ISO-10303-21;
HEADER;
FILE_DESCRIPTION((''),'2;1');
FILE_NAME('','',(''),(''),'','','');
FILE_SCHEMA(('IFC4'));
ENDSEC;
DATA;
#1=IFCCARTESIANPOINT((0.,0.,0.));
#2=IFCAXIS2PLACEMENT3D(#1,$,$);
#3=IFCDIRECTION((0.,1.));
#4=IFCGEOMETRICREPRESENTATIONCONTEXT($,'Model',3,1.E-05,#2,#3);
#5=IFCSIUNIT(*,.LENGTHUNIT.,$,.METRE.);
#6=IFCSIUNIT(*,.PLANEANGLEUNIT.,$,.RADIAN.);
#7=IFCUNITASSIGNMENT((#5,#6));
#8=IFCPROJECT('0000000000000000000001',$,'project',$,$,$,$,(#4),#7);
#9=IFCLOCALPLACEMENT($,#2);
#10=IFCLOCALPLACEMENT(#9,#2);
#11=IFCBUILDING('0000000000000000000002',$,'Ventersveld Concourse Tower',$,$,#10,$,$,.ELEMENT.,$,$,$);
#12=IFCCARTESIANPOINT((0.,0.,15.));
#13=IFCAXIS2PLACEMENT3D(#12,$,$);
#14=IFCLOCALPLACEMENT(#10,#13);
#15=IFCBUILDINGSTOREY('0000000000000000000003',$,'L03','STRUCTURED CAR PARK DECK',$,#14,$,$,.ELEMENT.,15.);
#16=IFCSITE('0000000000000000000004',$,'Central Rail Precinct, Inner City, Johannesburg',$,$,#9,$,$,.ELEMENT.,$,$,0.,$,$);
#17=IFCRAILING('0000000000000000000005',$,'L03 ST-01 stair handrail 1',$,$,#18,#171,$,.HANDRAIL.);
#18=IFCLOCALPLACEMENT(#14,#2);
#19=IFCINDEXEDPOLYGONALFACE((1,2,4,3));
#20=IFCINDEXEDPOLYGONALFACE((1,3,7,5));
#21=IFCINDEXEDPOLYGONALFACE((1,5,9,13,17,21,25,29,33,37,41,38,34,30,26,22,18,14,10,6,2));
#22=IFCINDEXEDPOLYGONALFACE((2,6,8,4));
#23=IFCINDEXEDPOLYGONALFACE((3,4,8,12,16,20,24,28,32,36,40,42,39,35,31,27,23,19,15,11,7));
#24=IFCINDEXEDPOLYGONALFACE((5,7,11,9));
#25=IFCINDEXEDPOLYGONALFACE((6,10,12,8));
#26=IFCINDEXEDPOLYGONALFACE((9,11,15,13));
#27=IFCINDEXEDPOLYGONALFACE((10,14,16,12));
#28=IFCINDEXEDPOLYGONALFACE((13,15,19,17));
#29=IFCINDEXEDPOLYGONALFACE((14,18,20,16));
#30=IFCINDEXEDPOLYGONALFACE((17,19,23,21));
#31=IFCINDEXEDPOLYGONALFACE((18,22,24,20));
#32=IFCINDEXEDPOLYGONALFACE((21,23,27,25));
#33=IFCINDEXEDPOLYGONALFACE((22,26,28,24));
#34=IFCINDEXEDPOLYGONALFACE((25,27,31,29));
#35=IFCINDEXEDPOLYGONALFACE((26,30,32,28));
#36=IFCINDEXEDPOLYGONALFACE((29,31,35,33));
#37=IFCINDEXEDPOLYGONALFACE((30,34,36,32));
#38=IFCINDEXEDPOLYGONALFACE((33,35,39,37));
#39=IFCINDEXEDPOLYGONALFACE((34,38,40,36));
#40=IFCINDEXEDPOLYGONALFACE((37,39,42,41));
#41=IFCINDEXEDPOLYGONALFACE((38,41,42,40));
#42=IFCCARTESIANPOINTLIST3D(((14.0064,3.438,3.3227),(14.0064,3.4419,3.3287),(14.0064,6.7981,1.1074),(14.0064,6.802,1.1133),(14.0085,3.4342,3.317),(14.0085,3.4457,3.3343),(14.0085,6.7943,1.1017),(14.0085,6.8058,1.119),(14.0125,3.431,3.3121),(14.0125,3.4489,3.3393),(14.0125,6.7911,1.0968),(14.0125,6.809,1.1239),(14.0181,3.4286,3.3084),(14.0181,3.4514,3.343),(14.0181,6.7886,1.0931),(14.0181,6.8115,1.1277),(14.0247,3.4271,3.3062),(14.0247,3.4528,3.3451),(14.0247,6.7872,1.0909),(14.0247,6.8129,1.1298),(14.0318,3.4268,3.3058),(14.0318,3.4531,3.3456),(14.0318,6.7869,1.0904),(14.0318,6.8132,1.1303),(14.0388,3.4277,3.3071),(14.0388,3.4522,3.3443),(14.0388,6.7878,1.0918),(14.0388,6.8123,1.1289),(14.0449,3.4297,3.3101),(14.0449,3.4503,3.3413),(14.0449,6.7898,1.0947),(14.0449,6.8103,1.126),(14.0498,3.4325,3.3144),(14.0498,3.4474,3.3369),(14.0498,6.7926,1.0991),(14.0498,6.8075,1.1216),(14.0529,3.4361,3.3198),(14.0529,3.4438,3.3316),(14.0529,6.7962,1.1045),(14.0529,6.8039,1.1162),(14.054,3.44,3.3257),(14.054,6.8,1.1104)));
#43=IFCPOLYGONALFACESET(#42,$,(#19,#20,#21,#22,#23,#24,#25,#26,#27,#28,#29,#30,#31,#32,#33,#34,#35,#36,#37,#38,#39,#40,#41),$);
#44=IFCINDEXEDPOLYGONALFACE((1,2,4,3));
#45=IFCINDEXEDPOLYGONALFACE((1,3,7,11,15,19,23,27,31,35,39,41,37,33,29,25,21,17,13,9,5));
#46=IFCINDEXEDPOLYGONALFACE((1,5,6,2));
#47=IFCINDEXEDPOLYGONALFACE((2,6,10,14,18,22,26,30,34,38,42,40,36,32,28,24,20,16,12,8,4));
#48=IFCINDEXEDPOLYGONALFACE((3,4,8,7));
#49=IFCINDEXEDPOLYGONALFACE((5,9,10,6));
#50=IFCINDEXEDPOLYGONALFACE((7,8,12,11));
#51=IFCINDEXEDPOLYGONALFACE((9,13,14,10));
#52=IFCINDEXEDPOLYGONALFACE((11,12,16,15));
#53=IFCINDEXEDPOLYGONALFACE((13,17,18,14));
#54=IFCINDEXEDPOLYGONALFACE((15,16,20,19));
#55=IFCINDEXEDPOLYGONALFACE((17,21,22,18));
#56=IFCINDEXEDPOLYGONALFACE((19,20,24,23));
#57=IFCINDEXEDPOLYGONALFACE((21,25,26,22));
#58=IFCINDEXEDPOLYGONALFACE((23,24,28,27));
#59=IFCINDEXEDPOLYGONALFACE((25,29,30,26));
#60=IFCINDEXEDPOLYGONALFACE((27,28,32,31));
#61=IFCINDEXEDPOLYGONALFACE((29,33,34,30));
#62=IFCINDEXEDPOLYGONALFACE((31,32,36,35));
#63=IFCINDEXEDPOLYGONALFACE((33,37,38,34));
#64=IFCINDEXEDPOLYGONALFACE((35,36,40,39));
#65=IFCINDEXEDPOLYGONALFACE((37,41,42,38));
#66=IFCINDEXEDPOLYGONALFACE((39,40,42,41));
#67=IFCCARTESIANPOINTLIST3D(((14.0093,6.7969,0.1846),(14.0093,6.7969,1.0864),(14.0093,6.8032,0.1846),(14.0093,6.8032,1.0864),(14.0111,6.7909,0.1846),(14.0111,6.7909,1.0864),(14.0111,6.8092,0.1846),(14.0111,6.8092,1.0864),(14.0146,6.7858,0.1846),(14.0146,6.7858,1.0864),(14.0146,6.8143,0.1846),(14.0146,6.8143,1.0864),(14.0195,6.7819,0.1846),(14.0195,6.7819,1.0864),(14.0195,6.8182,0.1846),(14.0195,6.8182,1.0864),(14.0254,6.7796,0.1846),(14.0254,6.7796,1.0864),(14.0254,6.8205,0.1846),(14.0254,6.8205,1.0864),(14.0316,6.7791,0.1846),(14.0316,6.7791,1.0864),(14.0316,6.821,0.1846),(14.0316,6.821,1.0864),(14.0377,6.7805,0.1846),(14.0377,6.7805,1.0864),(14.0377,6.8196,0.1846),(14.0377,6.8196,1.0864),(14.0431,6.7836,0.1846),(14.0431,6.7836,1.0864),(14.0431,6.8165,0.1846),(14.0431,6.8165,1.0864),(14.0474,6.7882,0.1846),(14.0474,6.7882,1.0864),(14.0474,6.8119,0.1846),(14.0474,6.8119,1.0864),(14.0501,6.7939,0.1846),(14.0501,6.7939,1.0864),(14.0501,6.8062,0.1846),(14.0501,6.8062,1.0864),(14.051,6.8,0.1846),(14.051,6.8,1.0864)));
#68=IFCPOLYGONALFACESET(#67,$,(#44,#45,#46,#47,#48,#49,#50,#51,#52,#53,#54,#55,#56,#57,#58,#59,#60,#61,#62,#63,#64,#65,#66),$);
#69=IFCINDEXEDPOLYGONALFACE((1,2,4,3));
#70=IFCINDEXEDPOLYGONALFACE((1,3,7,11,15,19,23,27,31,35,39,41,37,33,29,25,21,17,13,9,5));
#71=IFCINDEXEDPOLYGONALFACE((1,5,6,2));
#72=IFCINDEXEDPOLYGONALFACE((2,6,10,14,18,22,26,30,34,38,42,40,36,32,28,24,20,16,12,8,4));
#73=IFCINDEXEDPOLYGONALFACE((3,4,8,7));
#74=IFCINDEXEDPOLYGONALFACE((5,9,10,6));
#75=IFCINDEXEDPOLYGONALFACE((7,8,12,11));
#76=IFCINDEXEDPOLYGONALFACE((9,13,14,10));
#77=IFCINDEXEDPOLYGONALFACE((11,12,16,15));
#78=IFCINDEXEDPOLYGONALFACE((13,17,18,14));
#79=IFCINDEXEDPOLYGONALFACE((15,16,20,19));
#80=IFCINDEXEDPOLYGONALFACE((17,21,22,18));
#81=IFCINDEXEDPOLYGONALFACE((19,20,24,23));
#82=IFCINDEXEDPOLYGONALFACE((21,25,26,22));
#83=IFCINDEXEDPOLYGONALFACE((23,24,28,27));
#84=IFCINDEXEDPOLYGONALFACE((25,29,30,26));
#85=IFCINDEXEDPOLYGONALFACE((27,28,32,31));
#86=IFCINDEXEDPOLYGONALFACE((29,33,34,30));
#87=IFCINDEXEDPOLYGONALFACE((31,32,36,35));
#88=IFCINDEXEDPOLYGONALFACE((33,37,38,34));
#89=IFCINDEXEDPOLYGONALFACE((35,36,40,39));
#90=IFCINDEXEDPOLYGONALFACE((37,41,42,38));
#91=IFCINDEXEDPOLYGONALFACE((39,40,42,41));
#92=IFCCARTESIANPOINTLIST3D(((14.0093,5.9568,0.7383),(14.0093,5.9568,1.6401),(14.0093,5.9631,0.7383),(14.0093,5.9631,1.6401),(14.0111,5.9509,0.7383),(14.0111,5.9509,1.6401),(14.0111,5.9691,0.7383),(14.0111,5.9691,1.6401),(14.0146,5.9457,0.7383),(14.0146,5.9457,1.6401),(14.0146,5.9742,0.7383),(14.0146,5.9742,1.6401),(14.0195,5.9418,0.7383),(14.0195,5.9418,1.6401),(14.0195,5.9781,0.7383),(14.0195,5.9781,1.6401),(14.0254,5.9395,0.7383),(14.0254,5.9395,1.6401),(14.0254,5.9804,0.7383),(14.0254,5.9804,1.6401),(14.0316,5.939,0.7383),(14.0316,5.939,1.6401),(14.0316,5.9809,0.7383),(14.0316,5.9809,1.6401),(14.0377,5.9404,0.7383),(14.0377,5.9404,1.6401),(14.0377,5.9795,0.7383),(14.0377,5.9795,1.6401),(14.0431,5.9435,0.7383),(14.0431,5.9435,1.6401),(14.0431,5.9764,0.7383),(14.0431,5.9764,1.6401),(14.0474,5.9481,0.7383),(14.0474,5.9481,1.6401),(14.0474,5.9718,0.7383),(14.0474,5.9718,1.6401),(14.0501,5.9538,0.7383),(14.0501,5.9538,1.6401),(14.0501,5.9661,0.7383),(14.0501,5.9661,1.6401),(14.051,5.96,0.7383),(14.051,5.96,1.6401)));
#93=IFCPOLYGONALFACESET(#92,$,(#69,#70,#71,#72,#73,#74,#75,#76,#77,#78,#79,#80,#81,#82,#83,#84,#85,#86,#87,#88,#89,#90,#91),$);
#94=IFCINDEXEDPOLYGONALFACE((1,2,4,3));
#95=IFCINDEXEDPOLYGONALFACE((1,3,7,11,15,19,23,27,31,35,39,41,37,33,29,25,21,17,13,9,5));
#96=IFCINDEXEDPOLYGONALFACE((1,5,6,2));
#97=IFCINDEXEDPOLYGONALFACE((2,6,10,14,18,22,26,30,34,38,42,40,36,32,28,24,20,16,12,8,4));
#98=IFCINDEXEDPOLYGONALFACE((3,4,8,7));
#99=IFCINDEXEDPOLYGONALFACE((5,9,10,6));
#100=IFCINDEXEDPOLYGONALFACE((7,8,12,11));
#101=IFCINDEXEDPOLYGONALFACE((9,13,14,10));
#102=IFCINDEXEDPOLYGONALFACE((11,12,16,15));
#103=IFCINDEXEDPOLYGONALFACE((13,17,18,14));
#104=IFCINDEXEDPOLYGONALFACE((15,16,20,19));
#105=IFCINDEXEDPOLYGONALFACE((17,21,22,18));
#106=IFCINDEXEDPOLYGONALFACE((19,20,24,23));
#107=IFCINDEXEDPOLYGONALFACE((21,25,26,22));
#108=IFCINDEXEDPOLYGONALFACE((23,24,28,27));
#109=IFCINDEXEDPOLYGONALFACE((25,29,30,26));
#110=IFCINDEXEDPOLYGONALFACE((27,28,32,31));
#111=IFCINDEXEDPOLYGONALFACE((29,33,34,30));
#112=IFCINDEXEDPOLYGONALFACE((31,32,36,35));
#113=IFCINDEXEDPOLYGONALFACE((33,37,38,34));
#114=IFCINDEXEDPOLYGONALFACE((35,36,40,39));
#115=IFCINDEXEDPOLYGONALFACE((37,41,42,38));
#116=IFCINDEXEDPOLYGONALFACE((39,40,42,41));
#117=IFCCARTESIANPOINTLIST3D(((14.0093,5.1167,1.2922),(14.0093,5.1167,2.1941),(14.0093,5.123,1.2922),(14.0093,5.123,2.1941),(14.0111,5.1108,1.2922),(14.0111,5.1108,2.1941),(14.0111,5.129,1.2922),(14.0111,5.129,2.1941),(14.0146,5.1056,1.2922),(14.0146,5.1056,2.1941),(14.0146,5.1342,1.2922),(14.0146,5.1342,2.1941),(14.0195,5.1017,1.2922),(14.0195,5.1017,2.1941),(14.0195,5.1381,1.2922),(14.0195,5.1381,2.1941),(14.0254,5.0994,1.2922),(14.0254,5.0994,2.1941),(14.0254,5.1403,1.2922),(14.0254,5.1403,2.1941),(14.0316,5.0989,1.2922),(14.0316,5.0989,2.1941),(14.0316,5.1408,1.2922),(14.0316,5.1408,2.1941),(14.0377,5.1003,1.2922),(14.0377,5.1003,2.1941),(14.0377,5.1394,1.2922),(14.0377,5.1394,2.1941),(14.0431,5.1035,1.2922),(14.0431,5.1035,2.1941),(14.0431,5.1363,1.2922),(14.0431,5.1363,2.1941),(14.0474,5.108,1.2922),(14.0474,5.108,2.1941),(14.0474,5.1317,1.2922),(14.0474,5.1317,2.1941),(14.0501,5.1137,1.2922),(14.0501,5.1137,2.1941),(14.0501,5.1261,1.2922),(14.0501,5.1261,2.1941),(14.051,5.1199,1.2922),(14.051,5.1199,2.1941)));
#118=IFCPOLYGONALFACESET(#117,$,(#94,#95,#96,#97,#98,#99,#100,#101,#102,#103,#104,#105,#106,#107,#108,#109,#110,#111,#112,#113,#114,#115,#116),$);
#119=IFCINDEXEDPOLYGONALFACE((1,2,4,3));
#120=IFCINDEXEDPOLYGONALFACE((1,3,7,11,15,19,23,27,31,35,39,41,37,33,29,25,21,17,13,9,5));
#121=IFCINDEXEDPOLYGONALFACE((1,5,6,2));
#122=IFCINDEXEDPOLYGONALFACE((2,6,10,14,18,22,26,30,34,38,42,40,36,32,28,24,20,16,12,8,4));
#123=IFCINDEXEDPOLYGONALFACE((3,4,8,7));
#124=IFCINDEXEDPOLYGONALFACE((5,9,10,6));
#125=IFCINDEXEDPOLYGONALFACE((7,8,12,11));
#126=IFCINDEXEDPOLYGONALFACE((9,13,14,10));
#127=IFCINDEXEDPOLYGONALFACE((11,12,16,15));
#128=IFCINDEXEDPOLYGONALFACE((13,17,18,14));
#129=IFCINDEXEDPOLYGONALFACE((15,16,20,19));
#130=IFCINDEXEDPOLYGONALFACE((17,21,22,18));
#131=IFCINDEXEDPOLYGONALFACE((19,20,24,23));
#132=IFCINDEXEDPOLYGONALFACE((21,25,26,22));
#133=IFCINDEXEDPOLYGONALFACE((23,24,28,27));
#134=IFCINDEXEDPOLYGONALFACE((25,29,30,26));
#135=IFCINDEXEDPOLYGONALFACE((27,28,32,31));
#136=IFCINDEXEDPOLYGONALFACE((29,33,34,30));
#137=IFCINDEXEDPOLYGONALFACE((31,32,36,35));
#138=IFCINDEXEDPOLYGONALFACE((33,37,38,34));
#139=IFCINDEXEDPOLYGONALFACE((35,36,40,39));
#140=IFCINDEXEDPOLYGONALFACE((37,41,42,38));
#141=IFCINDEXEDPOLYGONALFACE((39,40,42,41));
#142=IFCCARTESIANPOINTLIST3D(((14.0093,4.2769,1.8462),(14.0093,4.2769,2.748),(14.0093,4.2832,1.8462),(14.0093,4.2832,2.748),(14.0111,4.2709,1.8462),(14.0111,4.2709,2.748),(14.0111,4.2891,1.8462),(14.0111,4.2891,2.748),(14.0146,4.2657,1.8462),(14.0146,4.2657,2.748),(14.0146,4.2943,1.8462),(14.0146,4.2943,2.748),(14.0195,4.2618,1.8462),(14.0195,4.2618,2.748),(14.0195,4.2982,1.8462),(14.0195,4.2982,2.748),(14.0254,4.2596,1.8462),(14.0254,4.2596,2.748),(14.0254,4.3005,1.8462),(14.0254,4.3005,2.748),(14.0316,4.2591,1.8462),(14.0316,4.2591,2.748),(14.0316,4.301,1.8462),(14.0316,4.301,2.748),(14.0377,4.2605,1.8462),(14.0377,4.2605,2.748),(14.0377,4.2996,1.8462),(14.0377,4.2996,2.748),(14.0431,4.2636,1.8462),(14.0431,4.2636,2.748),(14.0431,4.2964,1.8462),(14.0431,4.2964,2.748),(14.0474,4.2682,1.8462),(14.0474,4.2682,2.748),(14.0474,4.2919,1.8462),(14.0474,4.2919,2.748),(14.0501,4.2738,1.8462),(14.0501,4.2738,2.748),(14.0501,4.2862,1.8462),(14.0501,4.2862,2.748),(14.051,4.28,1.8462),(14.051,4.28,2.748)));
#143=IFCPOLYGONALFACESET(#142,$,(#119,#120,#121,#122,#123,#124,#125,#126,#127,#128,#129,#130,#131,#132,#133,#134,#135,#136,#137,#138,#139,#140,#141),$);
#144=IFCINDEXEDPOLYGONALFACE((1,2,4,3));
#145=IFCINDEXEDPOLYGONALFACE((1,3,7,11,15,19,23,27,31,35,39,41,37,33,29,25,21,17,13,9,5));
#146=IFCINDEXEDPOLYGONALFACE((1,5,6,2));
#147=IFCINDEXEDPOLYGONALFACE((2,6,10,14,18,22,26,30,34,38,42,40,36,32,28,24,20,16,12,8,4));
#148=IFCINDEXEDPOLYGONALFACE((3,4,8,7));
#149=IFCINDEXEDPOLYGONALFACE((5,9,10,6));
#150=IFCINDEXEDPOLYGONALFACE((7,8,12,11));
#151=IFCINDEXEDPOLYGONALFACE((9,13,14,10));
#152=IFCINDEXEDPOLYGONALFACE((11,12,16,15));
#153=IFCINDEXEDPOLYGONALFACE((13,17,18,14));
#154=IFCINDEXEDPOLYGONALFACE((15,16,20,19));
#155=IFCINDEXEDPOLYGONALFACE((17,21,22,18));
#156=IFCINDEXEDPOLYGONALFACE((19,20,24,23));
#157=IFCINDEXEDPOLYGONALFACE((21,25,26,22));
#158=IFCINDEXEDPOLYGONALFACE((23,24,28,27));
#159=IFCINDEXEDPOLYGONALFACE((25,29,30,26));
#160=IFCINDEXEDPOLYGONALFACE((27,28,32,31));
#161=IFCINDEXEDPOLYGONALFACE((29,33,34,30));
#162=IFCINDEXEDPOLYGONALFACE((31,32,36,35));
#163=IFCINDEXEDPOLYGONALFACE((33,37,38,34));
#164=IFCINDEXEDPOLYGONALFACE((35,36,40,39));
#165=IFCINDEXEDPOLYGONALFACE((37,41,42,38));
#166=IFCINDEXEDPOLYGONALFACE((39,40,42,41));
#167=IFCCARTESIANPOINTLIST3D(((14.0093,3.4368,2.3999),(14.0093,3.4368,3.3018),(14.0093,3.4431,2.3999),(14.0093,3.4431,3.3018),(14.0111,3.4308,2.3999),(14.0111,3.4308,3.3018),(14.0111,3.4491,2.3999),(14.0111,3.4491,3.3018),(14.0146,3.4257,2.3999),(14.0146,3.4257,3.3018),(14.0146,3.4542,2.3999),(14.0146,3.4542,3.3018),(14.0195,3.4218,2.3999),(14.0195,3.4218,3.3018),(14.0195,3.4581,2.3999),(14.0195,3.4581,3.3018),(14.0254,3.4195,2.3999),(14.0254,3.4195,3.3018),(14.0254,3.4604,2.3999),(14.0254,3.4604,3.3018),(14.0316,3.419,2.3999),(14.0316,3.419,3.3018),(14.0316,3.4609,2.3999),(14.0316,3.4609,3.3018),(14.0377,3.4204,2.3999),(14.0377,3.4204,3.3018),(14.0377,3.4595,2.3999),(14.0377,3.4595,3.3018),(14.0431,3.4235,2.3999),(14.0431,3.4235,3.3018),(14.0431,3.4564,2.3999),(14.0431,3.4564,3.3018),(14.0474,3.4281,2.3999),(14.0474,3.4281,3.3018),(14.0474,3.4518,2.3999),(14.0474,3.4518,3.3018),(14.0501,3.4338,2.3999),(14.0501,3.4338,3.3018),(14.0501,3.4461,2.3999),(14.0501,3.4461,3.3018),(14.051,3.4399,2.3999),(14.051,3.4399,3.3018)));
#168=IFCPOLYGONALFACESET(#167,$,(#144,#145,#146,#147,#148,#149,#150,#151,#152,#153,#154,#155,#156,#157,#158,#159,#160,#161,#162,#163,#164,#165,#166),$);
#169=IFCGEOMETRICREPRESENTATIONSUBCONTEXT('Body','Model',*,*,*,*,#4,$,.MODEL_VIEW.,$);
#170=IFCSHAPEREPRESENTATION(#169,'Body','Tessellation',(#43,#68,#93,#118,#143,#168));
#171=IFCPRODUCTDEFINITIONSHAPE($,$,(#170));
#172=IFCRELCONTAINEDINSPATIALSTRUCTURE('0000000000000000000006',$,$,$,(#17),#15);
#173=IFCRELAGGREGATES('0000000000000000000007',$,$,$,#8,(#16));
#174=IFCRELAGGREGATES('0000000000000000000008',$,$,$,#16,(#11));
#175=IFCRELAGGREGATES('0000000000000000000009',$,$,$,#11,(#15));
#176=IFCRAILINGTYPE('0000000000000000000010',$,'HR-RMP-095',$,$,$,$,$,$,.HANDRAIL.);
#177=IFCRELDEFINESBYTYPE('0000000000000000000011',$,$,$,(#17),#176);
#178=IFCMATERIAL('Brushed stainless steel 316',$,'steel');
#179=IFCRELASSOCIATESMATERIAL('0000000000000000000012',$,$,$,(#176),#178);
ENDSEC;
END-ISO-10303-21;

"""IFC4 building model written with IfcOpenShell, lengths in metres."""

from ifc_helpers import new_model, si_unit, direction, frame, origin, origin_2d, place, context, subcontext, project, spatial, circle, extrude, material, type_object, element, save


model = new_model("IFC4")

# Units and contexts
model_context = context("Model", 3, precision=1e-05, world=origin(), true_north=direction((0.0, 1.0)))
body_context = subcontext(model_context, "Body", "Model", "MODEL_VIEW")
ifc_project = project(units=[si_unit("LENGTHUNIT", "METRE"), si_unit("PLANEANGLEUNIT", "RADIAN")], contexts=[model_context])

# Site, building, storey
site_placement = place(None, origin())
site = spatial("IfcSite", under=ifc_project, at=site_placement, Name="Central Rail Precinct, Inner City, Johannesburg", CompositionType="ELEMENT", RefElevation=0.0)
building_placement = place(site_placement, origin())
building = spatial("IfcBuilding", under=site, at=building_placement, Name="Ventersveld Concourse Tower", CompositionType="ELEMENT")
storey_placement = place(building_placement, frame((0.0, 0.0, 15.0)))
storey = spatial("IfcBuildingStorey", under=building, at=storey_placement, Name="L03", Description="STRUCTURED CAR PARK DECK", CompositionType="ELEMENT", Elevation=15.0)

# Shared definitions
ifc_material_1 = material(Name="Brushed stainless steel 316", Category="steel")

# Railing
railing_type_1 = type_object("IfcRailingType", Name="HR-RMP-095", PredefinedType="HANDRAIL", material=ifc_material_1)
railing_1_placement = place(storey_placement, frame((14.03, 6.8, 0.1846)))
element("IfcRailing", 1, at=railing_1_placement, inside=storey, type_object=railing_type_1, Name="L03 ST-01 stair handrail 1", PredefinedType="HANDRAIL", context=body_context, shape_type="SweptSolid", body=[
    extrude(circle(Radius=0.0239, at=origin_2d()), frame((0.0, 0.0, 0.9258), z_axis=(0.0, -0.834876, 0.550437), x_axis=(1.0, 0.0, 0.0)), (0.0, 0.0, 1.0), 4.0247),
    extrude(circle(Radius=0.021, at=origin_2d()), origin(), (0.0, 0.0, 1.0), 0.9019),
    extrude(circle(Radius=0.021, at=origin_2d()), frame((0.0, -0.8401, 0.5537)), (0.0, 0.0, 1.0), 0.9019),
    extrude(circle(Radius=0.021, at=origin_2d()), frame((0.0, -1.6802, 1.1077)), (0.0, 0.0, 1.0), 0.9019),
    extrude(circle(Radius=0.021, at=origin_2d()), frame((0.0, -2.52, 1.6616)), (0.0, 0.0, 1.0), 0.9019),
    extrude(circle(Radius=0.021, at=origin_2d()), frame((0.0, -3.3601, 2.2153)), (0.0, 0.0, 1.0), 0.9019),
])

save(model, "model.ifc")
